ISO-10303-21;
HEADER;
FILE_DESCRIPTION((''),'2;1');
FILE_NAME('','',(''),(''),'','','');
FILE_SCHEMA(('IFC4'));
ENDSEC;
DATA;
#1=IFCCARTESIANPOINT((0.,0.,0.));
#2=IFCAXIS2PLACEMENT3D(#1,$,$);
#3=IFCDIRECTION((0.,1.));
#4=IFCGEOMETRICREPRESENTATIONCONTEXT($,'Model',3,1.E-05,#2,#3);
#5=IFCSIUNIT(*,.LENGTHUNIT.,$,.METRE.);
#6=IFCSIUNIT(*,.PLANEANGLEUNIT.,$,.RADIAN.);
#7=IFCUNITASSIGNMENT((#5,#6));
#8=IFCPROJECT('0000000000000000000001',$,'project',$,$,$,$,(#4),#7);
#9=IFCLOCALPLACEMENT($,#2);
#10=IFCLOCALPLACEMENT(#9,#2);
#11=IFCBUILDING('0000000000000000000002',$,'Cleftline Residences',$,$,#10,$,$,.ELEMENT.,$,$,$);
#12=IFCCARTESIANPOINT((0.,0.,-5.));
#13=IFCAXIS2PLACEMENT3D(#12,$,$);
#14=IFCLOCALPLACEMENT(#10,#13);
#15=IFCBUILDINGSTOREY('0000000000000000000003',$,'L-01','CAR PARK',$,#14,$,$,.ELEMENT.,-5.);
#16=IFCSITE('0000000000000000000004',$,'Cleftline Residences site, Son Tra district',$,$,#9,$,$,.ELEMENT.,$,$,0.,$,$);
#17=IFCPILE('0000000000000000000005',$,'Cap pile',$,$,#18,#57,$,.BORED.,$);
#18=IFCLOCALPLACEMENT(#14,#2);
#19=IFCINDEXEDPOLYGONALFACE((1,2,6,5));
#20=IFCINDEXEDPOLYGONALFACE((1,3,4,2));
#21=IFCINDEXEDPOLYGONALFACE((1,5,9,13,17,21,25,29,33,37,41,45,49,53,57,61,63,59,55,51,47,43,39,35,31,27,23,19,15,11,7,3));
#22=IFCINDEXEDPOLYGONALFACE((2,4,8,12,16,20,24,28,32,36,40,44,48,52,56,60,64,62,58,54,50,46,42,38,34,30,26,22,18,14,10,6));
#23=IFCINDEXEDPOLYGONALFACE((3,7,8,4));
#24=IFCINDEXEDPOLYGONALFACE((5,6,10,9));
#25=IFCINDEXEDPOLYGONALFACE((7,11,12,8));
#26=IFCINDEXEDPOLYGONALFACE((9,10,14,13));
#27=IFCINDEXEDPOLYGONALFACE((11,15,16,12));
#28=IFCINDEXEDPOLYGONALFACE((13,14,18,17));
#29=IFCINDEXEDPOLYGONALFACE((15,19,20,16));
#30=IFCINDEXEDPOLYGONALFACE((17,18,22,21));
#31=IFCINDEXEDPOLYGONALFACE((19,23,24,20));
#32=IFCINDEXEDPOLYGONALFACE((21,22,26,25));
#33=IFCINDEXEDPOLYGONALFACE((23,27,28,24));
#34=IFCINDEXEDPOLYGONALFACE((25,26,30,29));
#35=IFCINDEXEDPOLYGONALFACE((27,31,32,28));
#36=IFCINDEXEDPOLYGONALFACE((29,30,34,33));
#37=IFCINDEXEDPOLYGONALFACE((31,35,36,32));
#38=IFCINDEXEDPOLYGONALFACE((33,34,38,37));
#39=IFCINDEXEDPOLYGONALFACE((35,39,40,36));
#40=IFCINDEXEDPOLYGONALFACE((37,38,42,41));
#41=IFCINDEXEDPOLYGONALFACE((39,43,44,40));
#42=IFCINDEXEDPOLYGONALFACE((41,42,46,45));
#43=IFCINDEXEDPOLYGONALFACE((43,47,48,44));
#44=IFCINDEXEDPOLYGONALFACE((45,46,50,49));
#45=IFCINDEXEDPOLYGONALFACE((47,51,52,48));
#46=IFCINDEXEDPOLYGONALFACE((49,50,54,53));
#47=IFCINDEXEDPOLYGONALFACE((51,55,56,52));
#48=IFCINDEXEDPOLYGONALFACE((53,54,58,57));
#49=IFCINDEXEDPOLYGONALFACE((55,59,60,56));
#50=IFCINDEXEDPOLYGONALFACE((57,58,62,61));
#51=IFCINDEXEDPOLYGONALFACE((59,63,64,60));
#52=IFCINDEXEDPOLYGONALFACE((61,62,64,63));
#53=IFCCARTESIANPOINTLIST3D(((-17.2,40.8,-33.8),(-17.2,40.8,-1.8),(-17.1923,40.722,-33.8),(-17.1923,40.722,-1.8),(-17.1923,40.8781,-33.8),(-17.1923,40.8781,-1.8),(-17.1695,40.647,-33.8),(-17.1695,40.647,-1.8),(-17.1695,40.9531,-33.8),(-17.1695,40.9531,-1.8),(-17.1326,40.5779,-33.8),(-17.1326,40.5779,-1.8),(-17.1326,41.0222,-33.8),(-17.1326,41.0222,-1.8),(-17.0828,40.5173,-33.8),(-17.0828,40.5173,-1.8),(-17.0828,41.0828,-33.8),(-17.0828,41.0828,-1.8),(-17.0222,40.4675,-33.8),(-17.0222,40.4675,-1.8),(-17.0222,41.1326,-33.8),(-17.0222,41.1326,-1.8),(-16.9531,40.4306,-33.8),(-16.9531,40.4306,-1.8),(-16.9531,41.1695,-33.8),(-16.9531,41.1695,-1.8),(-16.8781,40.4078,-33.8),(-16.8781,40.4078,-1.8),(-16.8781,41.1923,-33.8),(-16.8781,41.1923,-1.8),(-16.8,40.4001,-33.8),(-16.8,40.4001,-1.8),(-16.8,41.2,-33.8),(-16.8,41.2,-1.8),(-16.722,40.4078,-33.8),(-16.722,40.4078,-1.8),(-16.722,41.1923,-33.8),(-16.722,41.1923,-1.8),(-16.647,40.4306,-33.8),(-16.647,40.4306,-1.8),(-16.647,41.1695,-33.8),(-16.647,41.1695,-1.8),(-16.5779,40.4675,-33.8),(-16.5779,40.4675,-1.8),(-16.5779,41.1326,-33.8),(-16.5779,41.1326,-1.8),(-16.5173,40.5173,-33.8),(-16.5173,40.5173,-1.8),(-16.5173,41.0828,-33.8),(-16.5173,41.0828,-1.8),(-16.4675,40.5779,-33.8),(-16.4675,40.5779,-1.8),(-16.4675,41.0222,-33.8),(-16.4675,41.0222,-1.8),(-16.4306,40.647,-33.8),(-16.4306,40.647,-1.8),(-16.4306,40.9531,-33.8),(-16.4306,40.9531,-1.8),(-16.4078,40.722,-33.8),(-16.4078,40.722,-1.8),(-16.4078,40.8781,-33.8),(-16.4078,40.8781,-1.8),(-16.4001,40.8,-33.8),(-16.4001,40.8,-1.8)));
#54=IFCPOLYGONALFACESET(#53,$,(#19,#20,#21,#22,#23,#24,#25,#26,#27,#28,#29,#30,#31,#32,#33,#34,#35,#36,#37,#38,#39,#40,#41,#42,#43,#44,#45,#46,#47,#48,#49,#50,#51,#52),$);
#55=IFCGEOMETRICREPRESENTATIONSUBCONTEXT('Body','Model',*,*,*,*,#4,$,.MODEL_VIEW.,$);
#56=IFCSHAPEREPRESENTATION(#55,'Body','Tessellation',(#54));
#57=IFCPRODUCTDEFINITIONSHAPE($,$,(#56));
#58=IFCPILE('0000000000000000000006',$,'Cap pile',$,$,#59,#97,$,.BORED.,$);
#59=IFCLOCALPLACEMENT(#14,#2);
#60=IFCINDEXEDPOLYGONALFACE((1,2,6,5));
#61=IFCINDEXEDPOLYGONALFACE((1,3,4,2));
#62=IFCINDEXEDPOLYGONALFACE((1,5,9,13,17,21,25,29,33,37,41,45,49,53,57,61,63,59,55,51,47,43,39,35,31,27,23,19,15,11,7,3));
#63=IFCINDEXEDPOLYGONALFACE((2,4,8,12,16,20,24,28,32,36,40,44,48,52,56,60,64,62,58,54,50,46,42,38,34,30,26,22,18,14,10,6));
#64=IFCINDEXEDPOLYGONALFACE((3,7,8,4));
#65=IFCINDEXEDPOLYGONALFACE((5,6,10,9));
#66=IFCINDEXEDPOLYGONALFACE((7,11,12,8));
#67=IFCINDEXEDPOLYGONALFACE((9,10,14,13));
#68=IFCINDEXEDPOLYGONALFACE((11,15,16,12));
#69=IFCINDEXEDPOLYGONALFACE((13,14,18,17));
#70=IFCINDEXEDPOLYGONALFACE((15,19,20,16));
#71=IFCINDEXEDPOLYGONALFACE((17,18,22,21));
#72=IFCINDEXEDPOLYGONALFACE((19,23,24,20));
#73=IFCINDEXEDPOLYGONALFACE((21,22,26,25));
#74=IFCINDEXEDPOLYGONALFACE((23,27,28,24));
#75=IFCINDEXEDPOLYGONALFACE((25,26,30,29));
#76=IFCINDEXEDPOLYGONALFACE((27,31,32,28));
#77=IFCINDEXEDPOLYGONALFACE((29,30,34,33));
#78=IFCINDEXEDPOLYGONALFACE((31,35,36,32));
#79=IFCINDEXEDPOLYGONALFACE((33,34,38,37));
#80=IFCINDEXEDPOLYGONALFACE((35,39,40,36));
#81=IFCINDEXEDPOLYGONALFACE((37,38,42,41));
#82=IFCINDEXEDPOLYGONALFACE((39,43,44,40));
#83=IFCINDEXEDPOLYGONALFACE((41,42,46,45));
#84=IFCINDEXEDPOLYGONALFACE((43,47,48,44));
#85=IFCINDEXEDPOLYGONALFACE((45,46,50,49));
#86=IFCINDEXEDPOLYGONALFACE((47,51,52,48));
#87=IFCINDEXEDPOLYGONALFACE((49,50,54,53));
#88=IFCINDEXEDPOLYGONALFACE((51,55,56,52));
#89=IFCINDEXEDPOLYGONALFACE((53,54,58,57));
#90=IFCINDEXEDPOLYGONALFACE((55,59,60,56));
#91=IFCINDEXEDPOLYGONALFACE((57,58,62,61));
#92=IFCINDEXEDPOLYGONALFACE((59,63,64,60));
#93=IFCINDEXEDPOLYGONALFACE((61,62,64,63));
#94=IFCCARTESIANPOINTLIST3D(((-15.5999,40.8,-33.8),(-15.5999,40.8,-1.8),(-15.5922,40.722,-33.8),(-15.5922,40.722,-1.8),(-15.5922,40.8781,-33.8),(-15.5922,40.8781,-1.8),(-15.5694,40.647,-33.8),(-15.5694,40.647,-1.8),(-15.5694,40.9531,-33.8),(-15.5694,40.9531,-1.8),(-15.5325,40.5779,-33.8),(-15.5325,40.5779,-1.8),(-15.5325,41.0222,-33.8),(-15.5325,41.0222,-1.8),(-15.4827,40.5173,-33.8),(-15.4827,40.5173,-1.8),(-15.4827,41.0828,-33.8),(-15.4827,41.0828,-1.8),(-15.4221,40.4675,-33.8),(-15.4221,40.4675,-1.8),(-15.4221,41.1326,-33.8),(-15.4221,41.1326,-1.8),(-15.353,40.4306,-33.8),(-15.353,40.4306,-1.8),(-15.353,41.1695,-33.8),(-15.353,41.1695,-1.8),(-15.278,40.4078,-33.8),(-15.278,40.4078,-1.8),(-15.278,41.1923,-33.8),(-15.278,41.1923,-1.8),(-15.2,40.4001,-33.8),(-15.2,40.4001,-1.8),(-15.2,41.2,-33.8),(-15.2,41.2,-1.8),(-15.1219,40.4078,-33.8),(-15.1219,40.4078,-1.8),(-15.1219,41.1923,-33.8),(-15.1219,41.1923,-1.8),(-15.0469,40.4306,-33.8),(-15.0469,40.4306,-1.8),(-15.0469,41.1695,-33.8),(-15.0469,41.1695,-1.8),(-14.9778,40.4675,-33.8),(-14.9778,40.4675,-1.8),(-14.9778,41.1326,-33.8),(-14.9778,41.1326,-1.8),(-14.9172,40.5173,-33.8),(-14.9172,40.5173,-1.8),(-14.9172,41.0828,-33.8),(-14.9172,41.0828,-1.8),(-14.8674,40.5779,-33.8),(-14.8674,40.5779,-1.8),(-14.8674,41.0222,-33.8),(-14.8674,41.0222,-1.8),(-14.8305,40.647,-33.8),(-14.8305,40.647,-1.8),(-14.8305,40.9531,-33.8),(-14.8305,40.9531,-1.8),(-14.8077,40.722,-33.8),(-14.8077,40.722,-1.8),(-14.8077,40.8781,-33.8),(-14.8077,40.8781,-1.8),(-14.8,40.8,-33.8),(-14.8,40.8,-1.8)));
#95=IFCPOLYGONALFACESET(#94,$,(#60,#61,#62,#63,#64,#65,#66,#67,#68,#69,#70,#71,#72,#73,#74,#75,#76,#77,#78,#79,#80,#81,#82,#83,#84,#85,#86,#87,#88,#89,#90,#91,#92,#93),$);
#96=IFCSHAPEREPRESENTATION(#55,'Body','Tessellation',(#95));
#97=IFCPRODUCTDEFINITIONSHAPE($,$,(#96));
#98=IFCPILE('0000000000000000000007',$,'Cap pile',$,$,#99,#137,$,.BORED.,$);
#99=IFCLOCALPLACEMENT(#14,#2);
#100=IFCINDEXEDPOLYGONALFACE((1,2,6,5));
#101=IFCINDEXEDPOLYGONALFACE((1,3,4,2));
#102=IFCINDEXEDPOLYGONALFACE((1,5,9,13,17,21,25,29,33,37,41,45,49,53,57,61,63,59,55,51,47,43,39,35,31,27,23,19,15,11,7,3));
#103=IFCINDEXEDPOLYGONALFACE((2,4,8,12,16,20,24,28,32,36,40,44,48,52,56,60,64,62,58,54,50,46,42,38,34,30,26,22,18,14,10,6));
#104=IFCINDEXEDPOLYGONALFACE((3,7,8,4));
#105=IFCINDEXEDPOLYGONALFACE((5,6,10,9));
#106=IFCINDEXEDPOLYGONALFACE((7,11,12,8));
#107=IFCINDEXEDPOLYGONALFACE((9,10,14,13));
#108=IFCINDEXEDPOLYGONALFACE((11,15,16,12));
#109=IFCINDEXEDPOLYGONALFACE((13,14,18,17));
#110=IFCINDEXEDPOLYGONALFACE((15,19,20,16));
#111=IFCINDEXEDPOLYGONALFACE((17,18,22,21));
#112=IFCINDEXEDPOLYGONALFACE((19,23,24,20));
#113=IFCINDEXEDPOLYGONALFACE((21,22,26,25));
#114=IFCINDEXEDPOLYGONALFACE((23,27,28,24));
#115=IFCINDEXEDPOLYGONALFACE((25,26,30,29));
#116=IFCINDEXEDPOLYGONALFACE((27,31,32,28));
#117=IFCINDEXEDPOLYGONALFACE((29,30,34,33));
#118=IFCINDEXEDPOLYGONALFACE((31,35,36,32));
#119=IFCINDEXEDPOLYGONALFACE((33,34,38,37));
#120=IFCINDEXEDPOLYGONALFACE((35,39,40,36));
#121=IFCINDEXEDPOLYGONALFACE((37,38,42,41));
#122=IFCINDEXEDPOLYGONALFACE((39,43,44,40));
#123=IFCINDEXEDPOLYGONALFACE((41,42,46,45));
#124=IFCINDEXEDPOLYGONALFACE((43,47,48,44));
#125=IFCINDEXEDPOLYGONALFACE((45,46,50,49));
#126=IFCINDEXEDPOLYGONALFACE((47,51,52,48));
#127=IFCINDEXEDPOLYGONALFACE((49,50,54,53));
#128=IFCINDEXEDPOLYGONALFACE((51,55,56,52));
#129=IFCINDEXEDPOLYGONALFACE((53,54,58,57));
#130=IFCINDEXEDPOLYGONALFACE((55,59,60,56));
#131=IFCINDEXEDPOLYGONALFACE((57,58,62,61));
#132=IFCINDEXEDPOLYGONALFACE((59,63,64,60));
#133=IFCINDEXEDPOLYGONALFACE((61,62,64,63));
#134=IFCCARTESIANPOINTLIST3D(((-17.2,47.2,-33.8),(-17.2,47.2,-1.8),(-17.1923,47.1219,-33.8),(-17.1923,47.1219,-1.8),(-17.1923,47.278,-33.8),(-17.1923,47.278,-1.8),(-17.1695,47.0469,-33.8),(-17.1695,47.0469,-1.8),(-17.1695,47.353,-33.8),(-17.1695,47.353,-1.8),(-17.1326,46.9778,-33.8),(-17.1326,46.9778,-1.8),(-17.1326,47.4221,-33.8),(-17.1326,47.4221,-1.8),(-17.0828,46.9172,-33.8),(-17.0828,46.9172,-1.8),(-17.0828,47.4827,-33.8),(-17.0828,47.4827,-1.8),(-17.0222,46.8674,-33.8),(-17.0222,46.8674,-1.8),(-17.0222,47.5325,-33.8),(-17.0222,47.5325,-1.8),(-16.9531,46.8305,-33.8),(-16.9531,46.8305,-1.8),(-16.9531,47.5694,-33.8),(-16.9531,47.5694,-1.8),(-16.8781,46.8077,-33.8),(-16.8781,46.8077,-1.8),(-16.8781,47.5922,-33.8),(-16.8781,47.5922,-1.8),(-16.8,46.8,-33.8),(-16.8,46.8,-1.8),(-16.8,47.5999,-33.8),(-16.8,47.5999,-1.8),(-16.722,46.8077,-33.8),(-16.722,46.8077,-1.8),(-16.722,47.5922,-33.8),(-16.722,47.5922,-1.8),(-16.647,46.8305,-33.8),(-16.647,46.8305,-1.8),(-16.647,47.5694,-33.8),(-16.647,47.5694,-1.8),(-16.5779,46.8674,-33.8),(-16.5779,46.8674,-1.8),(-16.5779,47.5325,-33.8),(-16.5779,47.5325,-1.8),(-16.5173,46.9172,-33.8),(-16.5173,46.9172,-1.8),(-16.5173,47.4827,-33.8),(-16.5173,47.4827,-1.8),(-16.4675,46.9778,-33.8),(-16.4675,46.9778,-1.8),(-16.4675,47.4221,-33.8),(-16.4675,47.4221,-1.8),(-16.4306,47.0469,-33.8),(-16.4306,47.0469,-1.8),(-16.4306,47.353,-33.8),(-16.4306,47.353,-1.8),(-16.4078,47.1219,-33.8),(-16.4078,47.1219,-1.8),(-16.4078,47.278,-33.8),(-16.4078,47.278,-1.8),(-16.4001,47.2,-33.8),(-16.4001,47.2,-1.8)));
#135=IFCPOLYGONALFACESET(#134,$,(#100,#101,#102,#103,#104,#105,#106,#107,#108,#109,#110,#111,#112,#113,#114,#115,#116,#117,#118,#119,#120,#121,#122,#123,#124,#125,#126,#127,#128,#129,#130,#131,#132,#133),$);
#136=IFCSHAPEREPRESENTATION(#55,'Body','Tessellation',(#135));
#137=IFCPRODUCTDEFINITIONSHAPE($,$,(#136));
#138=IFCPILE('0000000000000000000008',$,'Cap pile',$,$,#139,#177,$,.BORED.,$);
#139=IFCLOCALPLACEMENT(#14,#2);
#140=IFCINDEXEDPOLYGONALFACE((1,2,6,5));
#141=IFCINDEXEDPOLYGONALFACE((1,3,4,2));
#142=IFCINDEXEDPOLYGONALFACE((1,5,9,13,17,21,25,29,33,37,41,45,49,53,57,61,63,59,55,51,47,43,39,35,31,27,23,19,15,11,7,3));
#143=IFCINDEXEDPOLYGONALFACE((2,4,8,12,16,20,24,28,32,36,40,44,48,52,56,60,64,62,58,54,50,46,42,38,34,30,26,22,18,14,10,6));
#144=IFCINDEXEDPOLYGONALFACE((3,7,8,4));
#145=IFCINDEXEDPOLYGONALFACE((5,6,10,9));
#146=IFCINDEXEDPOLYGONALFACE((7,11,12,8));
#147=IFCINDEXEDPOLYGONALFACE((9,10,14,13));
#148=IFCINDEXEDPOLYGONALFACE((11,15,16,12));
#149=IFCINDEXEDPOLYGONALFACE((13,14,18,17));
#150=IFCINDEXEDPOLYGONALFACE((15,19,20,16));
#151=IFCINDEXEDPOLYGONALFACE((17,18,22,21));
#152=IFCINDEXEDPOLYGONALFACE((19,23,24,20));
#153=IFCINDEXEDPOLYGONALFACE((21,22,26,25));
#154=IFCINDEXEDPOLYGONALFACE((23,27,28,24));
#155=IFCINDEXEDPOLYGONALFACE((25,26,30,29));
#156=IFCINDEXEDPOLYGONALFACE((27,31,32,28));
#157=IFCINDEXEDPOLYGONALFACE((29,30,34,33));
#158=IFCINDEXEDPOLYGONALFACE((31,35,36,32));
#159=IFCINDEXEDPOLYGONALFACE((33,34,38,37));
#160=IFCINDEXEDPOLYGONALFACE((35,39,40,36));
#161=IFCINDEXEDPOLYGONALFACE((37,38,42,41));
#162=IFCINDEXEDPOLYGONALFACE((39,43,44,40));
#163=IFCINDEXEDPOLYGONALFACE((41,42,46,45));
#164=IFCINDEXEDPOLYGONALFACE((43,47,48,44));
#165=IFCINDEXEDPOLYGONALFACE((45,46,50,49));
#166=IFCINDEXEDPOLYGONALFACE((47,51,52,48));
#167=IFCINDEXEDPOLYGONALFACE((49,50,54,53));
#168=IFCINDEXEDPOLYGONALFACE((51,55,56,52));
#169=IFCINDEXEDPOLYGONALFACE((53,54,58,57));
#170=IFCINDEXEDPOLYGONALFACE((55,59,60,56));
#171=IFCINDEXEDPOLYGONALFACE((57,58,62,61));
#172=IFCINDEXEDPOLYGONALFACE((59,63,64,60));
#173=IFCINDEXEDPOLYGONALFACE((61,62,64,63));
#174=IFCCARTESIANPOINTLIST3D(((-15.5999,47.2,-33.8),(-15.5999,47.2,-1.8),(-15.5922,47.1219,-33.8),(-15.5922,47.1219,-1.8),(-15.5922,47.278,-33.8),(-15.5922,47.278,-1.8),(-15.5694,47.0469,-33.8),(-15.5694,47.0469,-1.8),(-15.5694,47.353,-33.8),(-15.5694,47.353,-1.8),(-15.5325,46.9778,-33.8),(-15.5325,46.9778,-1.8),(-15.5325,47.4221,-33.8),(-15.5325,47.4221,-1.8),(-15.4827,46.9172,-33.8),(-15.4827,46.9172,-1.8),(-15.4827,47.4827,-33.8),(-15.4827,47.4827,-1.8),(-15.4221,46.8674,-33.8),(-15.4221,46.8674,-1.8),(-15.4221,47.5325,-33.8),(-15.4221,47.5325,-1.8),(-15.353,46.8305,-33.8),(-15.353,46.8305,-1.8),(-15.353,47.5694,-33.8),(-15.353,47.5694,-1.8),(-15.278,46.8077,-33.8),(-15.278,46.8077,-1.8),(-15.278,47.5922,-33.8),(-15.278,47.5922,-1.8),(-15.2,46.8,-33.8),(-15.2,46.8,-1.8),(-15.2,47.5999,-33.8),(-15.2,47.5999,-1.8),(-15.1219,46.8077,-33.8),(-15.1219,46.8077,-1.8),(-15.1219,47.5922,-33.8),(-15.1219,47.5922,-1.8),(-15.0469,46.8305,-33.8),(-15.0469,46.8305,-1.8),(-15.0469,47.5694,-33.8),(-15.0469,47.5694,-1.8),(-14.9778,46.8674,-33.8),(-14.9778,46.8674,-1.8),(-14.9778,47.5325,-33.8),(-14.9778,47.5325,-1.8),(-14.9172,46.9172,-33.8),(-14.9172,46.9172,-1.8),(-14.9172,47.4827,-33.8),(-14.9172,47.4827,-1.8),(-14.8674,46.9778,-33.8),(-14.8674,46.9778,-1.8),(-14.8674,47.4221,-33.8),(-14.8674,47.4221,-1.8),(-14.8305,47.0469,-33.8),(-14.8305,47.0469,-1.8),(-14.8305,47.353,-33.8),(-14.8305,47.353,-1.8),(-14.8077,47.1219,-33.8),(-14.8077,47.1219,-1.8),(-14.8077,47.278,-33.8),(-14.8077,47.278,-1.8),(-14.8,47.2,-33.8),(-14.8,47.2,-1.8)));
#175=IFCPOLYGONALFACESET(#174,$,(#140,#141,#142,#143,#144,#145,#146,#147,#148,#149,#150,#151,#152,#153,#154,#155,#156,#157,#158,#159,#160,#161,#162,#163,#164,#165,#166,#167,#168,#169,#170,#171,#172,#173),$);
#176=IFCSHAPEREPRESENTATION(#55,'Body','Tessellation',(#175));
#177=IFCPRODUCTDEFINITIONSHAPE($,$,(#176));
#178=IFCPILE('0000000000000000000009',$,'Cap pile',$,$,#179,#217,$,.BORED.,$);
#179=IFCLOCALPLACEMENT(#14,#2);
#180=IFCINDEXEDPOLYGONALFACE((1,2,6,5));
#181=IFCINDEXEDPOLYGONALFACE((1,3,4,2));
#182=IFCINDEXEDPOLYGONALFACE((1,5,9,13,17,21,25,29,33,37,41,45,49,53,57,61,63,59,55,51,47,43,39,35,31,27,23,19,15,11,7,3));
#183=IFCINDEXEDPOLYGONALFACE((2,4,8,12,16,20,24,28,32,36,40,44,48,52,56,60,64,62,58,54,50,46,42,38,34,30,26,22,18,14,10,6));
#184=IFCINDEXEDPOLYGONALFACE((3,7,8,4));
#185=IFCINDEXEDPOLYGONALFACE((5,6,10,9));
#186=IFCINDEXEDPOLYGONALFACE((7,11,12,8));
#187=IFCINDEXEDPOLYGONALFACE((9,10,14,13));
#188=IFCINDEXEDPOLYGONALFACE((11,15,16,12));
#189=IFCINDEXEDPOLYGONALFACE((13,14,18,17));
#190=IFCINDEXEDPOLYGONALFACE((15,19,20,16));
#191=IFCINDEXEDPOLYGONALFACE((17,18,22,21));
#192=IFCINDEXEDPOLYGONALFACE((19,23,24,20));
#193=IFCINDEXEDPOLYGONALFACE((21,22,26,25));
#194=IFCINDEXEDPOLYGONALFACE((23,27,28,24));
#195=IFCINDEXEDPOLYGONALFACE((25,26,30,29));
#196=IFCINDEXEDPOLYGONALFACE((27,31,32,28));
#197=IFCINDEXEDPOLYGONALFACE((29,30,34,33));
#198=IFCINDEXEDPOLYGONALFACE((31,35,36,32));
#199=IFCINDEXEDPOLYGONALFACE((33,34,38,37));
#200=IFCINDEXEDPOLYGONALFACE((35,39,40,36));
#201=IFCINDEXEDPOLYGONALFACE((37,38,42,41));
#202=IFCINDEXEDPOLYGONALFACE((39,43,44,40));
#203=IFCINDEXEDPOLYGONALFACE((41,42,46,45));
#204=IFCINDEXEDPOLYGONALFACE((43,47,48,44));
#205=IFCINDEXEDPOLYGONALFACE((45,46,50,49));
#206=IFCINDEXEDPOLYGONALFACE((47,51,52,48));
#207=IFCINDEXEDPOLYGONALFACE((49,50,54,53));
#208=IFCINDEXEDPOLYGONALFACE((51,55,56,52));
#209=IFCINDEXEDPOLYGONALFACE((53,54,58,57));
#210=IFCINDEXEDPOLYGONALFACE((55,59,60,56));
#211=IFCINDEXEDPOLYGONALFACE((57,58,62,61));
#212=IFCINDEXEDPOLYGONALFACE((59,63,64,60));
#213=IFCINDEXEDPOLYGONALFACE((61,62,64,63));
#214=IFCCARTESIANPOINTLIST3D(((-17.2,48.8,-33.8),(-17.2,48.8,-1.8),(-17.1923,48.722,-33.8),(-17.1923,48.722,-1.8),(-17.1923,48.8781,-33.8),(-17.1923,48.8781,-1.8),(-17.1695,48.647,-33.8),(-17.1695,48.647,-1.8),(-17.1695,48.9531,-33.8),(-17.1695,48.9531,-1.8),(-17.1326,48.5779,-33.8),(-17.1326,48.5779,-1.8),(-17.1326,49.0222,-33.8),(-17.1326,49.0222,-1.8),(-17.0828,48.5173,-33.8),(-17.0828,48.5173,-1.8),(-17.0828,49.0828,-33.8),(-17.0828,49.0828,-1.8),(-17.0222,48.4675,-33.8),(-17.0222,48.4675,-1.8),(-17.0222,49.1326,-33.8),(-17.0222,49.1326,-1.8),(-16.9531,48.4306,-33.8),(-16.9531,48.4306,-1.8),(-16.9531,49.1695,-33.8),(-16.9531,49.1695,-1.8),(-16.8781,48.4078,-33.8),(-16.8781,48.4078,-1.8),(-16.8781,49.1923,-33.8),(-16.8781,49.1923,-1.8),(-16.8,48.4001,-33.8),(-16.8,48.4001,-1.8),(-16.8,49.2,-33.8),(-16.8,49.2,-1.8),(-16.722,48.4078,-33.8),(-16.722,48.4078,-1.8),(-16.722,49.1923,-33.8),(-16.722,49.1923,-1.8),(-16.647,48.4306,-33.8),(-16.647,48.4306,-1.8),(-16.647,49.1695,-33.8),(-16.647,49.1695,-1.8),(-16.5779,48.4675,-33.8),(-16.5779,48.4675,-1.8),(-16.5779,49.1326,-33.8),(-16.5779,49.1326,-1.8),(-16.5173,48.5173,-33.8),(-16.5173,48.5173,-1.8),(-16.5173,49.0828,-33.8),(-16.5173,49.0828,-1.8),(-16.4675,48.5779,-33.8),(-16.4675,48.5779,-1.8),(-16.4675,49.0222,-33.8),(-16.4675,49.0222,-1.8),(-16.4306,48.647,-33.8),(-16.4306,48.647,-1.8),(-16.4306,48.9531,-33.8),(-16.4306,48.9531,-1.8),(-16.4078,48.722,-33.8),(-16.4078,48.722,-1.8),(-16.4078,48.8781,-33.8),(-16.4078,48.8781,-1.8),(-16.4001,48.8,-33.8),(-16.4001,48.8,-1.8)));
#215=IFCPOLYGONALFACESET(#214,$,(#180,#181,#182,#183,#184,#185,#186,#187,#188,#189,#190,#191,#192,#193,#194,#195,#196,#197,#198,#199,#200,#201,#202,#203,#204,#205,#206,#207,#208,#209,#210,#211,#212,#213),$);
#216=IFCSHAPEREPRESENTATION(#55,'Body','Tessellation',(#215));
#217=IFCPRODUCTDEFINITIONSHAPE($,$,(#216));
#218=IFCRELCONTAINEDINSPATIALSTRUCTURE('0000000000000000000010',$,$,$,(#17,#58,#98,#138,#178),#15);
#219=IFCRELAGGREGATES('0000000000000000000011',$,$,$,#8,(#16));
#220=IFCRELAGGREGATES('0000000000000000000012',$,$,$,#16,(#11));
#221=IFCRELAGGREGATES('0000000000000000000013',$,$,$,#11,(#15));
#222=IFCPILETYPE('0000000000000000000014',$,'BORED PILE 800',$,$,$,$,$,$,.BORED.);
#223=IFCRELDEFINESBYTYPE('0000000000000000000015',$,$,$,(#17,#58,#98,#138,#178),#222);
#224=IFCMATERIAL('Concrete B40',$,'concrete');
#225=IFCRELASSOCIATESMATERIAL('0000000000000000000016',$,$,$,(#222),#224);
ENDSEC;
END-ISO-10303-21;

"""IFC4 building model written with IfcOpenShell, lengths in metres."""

from ifc_helpers import new_model, si_unit, direction, frame, origin, origin_2d, place, context, subcontext, project, spatial, circle, extrude, material, material_profile, profile_set, type_object, element, save


model = new_model("IFC4")

# Units and contexts
model_context = context("Model", 3, precision=1e-05, world=origin(), true_north=direction((0.0, 1.0)))
body_context = subcontext(model_context, "Body", "Model", "MODEL_VIEW")
ifc_project = project(units=[si_unit("LENGTHUNIT", "METRE"), si_unit("PLANEANGLEUNIT", "RADIAN")], contexts=[model_context])

# Site, building, storey
site_placement = place(None, origin())
site = spatial("IfcSite", under=ifc_project, at=site_placement, Name="Cleftline Residences site, Son Tra district", CompositionType="ELEMENT", RefElevation=0.0)
building_placement = place(site_placement, origin())
building = spatial("IfcBuilding", under=site, at=building_placement, Name="Cleftline Residences", CompositionType="ELEMENT")
storey_placement = place(building_placement, frame((0.0, 0.0, -5.0)))
storey = spatial("IfcBuildingStorey", under=building, at=storey_placement, Name="L-01", Description="CAR PARK", CompositionType="ELEMENT", Elevation=-5.0)

# Piles
ifc_material_1 = material(Name="Concrete B40", Category="concrete")
ifc_material_profile_1 = material_profile(ifc_material_1, circle(Radius=0.3999, at=origin_2d()))
ifc_profile_set_1 = profile_set([ifc_material_profile_1], Name="Concrete B40")
pile_type = type_object("IfcPileType", Name="BORED PILE 800", PredefinedType="BORED", material=ifc_profile_set_1)
for number, where, z_axis, x_axis, name in (
    (1, (-16.8, 40.8, -1.8), (0.0, 0.0, -1.0), (1.0, 0.0, 0.0), "Cap pile"),
    (2, (-15.2, 40.8, -1.8), (0.0, 0.0, -1.0), (1.0, 0.0, 0.0), "Cap pile"),
    (3, (-16.8, 47.2, -1.8), (0.0, 0.0, -1.0), (1.0, 0.0, 0.0), "Cap pile"),
    (4, (-15.2, 47.2, -1.8), (0.0, 0.0, -1.0), (1.0, 0.0, 0.0), "Cap pile"),
    (5, (-16.8, 48.8, -1.8), (0.0, 0.0, -1.0), (1.0, 0.0, 0.0), "Cap pile"),
):
    element("IfcPile", number, at=place(storey_placement, frame(where, z_axis=z_axis, x_axis=x_axis)), inside=storey, type_object=pile_type, Name=name, PredefinedType="BORED", context=body_context, shape_type="SweptSolid", body=[
        extrude(circle(Radius=0.3999, at=origin_2d()), origin(), (0.0, 0.0, 1.0), 32.0),
    ])

save(model, "model.ifc")
